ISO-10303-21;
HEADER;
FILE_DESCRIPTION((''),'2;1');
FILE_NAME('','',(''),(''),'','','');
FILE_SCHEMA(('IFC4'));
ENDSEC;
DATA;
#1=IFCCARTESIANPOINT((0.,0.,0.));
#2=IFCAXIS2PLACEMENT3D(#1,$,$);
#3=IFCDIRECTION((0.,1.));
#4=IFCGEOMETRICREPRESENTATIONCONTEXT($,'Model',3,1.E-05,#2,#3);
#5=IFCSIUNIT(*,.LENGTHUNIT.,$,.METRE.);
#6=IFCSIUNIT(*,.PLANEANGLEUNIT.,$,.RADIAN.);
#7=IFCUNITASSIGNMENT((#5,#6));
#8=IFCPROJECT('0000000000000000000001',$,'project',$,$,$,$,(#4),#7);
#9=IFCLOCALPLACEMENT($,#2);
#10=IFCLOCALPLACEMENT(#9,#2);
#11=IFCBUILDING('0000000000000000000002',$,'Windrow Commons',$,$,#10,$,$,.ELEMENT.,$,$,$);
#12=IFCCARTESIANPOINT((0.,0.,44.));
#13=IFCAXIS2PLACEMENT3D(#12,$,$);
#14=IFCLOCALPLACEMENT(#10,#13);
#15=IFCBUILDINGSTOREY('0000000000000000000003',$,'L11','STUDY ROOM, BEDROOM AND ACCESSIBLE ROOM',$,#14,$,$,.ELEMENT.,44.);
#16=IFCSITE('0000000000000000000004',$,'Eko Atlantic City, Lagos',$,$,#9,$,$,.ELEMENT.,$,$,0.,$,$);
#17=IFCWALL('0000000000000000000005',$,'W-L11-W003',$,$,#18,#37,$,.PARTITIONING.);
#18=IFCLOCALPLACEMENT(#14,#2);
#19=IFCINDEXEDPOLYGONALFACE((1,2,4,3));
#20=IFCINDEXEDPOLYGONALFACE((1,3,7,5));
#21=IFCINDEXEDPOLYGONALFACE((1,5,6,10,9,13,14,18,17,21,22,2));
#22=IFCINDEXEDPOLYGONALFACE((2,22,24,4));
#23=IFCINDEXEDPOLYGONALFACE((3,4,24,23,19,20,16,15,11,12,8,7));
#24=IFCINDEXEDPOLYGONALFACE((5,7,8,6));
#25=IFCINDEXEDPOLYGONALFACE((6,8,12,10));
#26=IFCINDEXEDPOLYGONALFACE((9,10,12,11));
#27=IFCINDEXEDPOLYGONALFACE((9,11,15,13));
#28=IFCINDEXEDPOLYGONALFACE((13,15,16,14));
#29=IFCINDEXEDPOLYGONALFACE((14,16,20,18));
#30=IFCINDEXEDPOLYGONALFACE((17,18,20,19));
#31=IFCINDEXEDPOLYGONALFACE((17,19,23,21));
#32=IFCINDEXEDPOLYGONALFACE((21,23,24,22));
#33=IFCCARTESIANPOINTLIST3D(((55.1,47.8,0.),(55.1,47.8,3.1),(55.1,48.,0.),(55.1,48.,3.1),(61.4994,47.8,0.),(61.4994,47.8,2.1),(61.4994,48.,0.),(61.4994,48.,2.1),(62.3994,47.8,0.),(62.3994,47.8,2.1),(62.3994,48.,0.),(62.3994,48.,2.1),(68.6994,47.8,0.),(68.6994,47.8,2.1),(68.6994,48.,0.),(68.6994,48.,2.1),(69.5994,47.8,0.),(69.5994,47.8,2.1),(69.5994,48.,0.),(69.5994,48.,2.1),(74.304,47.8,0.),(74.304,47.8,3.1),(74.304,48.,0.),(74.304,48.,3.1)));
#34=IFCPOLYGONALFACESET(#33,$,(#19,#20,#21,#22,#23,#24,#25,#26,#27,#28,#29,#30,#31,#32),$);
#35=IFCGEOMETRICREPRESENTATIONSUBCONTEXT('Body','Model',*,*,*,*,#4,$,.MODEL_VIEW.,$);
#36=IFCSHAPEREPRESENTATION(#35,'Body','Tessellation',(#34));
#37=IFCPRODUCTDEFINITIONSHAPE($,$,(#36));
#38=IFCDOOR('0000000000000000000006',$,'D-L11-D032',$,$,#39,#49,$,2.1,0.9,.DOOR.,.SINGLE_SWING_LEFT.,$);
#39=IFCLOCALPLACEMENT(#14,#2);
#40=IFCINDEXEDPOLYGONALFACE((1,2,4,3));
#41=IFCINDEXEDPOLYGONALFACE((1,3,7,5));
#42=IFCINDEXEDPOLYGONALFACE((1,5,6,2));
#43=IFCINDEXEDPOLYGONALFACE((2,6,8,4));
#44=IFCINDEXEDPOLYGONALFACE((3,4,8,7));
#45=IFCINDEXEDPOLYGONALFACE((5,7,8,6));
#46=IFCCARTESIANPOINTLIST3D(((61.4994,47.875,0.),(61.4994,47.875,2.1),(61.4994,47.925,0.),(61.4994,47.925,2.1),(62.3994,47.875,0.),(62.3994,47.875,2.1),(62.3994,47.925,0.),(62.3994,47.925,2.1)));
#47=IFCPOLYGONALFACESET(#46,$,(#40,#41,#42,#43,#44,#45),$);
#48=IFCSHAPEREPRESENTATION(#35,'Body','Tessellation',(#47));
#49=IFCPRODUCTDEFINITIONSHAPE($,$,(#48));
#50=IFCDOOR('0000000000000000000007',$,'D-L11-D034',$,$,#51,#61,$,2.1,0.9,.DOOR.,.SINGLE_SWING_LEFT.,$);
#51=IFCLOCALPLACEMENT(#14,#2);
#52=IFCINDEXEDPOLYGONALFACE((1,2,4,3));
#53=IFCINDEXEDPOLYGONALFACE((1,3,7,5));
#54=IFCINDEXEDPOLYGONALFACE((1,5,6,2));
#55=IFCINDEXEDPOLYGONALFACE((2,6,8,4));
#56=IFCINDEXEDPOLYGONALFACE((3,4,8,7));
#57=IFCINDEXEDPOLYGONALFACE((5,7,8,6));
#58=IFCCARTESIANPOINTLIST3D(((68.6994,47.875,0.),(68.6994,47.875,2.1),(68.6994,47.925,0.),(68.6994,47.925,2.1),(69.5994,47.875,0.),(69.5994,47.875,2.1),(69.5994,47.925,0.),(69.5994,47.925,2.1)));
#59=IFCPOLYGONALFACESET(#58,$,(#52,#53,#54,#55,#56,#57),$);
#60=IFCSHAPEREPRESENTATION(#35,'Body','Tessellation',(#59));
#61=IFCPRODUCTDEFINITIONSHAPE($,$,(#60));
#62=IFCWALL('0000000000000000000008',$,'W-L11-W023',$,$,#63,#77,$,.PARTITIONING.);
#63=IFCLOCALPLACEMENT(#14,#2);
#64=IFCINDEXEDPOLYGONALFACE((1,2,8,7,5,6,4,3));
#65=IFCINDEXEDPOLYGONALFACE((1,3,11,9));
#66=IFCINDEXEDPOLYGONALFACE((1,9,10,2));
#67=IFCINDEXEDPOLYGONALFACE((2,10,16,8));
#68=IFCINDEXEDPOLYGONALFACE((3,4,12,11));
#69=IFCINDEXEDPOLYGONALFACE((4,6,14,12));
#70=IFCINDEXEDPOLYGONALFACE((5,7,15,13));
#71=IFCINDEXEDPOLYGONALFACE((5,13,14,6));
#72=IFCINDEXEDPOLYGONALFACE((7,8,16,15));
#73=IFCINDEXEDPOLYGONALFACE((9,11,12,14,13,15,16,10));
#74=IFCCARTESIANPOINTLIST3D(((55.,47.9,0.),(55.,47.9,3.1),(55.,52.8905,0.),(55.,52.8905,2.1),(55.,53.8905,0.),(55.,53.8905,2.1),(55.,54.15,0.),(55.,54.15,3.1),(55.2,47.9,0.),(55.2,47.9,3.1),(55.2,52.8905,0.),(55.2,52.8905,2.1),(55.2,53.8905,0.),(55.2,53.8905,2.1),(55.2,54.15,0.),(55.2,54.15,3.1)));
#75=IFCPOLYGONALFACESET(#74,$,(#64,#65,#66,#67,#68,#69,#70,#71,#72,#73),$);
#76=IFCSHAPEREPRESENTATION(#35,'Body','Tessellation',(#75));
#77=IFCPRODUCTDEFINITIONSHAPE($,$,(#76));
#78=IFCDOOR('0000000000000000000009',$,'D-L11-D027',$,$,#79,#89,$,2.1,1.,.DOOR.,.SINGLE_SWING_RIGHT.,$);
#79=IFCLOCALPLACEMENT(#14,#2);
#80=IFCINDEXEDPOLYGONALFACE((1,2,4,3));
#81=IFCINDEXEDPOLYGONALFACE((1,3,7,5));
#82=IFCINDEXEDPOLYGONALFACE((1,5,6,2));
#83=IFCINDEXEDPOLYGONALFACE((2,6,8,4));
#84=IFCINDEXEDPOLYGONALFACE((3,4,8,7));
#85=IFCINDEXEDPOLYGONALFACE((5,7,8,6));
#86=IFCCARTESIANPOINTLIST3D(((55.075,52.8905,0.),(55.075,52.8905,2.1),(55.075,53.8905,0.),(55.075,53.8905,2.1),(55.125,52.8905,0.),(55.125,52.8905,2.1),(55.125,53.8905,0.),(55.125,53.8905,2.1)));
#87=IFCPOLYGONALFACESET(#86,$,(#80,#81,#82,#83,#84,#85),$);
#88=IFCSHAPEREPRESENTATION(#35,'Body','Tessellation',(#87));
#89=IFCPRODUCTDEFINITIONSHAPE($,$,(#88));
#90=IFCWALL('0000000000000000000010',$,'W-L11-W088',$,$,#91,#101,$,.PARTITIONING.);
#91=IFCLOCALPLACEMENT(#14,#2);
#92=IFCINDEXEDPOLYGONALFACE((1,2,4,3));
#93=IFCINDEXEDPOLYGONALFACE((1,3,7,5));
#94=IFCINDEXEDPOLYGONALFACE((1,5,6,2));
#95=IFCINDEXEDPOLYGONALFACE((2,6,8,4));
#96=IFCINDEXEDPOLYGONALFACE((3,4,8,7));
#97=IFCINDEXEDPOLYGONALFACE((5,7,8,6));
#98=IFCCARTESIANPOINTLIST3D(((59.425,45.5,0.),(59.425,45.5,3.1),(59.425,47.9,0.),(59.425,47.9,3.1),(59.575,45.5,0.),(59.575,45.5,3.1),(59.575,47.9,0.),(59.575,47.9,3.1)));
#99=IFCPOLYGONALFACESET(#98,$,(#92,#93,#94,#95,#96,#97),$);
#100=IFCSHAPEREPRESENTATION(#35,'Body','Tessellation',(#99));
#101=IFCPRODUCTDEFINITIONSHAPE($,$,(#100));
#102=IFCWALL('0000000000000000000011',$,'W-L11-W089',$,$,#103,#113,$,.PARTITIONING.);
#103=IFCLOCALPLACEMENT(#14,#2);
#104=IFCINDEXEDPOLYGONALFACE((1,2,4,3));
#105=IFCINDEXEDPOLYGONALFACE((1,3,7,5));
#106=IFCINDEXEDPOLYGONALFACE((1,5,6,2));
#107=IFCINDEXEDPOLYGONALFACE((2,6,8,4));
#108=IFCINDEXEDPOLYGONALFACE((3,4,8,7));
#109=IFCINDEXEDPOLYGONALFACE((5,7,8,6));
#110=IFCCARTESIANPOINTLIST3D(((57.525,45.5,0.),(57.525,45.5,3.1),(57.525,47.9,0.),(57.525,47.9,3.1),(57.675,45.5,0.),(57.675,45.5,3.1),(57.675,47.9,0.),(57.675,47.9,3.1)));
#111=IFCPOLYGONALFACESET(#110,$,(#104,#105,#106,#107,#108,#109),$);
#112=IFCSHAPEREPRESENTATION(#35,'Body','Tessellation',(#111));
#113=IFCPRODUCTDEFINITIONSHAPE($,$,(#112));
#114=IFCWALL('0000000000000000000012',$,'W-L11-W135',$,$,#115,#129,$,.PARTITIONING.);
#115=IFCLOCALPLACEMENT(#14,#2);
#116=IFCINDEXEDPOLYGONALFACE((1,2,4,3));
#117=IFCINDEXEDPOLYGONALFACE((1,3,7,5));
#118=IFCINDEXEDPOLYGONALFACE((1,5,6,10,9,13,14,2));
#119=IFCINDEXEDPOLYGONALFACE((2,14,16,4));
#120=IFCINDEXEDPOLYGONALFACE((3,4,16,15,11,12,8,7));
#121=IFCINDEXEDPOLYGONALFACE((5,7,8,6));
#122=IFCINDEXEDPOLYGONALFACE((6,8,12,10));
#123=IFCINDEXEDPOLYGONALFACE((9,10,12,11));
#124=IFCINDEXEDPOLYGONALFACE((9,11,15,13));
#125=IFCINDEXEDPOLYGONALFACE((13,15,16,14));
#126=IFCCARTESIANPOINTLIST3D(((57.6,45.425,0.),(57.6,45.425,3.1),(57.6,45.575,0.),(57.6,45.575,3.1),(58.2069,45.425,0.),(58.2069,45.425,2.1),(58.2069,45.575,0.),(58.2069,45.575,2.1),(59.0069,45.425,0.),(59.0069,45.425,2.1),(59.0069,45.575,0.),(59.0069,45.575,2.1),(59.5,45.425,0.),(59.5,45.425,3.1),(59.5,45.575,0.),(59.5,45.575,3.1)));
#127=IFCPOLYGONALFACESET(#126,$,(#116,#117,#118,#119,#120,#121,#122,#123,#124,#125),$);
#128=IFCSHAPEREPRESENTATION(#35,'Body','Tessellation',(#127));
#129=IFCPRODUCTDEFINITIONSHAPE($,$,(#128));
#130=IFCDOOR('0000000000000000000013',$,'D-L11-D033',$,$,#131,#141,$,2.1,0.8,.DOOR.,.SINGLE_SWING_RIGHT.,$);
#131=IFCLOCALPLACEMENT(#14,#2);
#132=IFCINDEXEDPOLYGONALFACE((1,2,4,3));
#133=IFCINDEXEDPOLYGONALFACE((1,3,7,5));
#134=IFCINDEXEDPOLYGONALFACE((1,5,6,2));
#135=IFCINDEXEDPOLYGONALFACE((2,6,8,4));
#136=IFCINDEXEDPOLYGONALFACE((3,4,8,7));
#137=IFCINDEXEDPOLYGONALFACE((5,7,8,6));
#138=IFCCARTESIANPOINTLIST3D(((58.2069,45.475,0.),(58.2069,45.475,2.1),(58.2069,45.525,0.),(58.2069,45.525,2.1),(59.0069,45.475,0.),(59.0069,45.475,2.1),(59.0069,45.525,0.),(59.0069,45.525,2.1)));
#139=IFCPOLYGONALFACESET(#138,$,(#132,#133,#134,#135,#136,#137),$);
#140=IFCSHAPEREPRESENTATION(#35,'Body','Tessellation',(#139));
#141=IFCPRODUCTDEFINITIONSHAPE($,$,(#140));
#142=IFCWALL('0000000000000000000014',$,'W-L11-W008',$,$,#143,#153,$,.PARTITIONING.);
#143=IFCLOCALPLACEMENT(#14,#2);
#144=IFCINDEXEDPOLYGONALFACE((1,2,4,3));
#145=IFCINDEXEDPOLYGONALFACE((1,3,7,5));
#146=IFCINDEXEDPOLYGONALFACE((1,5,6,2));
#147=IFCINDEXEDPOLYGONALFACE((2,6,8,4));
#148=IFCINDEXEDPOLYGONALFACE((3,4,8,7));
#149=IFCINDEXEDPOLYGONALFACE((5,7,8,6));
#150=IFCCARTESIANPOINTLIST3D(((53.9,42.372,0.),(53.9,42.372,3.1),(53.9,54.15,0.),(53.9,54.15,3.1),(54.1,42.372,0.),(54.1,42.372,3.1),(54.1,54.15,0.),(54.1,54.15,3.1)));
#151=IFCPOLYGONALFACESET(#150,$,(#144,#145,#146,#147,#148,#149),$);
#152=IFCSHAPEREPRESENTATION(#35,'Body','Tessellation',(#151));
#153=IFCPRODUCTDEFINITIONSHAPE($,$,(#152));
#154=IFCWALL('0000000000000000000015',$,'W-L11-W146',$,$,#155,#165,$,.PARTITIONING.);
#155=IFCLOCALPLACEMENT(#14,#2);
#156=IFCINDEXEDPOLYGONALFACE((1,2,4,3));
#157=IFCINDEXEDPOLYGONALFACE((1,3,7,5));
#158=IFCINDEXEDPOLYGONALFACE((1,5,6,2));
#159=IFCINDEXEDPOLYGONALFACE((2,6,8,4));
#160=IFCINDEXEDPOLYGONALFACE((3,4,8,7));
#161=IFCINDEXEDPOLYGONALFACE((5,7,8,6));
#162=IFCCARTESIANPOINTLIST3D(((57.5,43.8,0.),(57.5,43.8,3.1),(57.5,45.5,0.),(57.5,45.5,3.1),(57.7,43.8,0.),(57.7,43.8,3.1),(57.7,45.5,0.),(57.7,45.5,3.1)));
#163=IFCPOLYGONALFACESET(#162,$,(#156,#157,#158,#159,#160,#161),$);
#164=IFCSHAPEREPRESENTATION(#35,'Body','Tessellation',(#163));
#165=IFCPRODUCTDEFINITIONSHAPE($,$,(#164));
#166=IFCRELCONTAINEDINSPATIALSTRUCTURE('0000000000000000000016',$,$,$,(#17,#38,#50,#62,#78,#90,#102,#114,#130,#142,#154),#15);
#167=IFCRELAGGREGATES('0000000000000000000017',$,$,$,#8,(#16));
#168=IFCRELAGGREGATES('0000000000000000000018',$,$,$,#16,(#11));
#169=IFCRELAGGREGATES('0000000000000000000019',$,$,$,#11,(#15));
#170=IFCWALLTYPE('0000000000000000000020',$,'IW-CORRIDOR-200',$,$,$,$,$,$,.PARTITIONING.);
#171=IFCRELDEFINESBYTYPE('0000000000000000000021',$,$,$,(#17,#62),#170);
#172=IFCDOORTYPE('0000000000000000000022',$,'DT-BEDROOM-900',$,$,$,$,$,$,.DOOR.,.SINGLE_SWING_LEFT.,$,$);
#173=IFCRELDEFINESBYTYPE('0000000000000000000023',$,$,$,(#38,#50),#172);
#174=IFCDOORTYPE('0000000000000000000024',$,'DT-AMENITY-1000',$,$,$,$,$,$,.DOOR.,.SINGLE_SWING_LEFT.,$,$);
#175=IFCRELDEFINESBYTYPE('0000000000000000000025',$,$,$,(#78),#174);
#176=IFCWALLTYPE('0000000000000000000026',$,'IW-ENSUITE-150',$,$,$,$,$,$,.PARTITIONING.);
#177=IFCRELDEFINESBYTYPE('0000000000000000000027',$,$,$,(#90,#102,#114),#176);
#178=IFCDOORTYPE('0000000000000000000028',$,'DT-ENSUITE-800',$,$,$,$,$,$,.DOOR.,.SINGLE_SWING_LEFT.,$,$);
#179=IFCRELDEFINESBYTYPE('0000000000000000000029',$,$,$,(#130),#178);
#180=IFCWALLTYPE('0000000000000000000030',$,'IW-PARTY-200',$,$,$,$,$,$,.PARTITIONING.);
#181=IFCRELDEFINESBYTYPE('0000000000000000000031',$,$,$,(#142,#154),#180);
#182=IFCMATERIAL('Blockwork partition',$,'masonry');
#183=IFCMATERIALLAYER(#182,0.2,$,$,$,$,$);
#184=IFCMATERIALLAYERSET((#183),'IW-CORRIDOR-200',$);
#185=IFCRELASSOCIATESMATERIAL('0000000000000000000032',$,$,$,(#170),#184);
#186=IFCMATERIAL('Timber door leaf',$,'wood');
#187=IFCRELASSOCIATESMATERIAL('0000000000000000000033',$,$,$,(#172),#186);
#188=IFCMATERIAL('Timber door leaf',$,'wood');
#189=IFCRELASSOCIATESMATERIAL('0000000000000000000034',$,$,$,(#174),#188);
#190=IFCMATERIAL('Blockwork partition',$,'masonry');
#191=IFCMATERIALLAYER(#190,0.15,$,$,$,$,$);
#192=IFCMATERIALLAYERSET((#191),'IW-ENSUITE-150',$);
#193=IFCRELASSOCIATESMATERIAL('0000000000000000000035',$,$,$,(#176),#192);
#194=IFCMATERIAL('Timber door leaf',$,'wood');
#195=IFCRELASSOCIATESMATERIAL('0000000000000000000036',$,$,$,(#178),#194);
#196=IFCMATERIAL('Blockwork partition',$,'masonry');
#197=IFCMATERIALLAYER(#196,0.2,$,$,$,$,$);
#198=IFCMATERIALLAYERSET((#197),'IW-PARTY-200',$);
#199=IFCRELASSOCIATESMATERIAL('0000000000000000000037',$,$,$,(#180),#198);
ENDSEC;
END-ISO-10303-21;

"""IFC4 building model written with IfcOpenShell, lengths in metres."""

from ifc_helpers import new_model, si_unit, direction, frame, frame_2d, origin, place, context, subcontext, project, spatial, rectangle, extrude, material, layer, layer_set, type_object, element, fill, save


model = new_model("IFC4")

# Units and contexts
model_context = context("Model", 3, precision=1e-05, world=origin(), true_north=direction((0.0, 1.0)))
body_context = subcontext(model_context, "Body", "Model", "MODEL_VIEW")
ifc_project = project(units=[si_unit("LENGTHUNIT", "METRE"), si_unit("PLANEANGLEUNIT", "RADIAN")], contexts=[model_context])

# Site, building, storey
site_placement = place(None, origin())
site = spatial("IfcSite", under=ifc_project, at=site_placement, Name="Eko Atlantic City, Lagos", CompositionType="ELEMENT", RefElevation=0.0)
building_placement = place(site_placement, origin())
building = spatial("IfcBuilding", under=site, at=building_placement, Name="Windrow Commons", CompositionType="ELEMENT")
storey_placement = place(building_placement, frame((0.0, 0.0, 44.0)))
storey = spatial("IfcBuildingStorey", under=building, at=storey_placement, Name="L11", Description="STUDY ROOM, BEDROOM AND ACCESSIBLE ROOM", CompositionType="ELEMENT", Elevation=44.0)

# Wall, openings, doors
ifc_material_1 = material(Name="Blockwork partition", Category="masonry")
ifc_layer_1 = layer(ifc_material_1, 0.2)
ifc_layer_set_1 = layer_set([ifc_layer_1], Name="IW-CORRIDOR-200")
wall_type_1 = type_object("IfcWallType", Name="IW-CORRIDOR-200", PredefinedType="PARTITIONING", material=ifc_layer_set_1)
wall_1_placement = place(storey_placement, frame((55.1, 47.9, 0.0), z_axis=(0.0, 0.0, 1.0), x_axis=(1.0, 0.0, 0.0)))
wall_1 = element("IfcWall", 1, at=wall_1_placement, inside=storey, type_object=wall_type_1, Name="W-L11-W003", PredefinedType="PARTITIONING", context=body_context, shape_type="SweptSolid", body=[
    extrude(rectangle(XDim=19.204, YDim=0.2, at=frame_2d((9.602, 0.0))), origin(), (0.0, 0.0, 1.0), 3.1),
])
opening_1_placement = place(wall_1_placement, frame((6.3994, 0.0, 0.0)))
opening_1 = element("IfcOpeningElement", 2, at=opening_1_placement, cuts=wall_1, PredefinedType="OPENING", context=body_context, shape_type="SweptSolid", body=[
    extrude(rectangle(XDim=0.9, YDim=2.1, at=frame_2d((0.45, 1.05))), frame((0.0, 0.11, 0.0), z_axis=(0.0, -1.0, 0.0), x_axis=(1.0, 0.0, 0.0)), (0.0, 0.0, 1.0), 0.22),
])
opening_2_placement = place(wall_1_placement, frame((13.5994, 0.0, 0.0)))
opening_2 = element("IfcOpeningElement", 3, at=opening_2_placement, cuts=wall_1, PredefinedType="OPENING", context=body_context, shape_type="SweptSolid", body=[
    extrude(rectangle(XDim=0.9, YDim=2.1, at=frame_2d((0.45, 1.05))), frame((0.0, 0.11, 0.0), z_axis=(0.0, -1.0, 0.0), x_axis=(1.0, 0.0, 0.0)), (0.0, 0.0, 1.0), 0.22),
])
ifc_material_2 = material(Name="Timber door leaf", Category="wood")
door_type_1 = type_object("IfcDoorType", Name="DT-BEDROOM-900", OperationType="SINGLE_SWING_LEFT", PredefinedType="DOOR", material=ifc_material_2)
door_1_placement = place(opening_1_placement, origin())
door_1 = element("IfcDoor", 4, at=door_1_placement, inside=storey, type_object=door_type_1, Name="D-L11-D032", OperationType="SINGLE_SWING_LEFT", OverallHeight=2.1, OverallWidth=0.9, PredefinedType="DOOR", context=body_context, shape_type="SweptSolid", body=[
    extrude(rectangle(XDim=0.9, YDim=2.1, at=frame_2d((0.45, 1.05))), frame((0.0, 0.025, 0.0), z_axis=(0.0, -1.0, 0.0), x_axis=(1.0, 0.0, 0.0)), (0.0, 0.0, 1.0), 0.05),
])
fill(opening_1, door_1)
door_2_placement = place(opening_2_placement, origin())
door_2 = element("IfcDoor", 5, at=door_2_placement, inside=storey, type_object=door_type_1, Name="D-L11-D034", OperationType="SINGLE_SWING_LEFT", OverallHeight=2.1, OverallWidth=0.9, PredefinedType="DOOR", context=body_context, shape_type="SweptSolid", body=[
    extrude(rectangle(XDim=0.9, YDim=2.1, at=frame_2d((0.45, 1.05))), frame((0.0, 0.025, 0.0), z_axis=(0.0, -1.0, 0.0), x_axis=(1.0, 0.0, 0.0)), (0.0, 0.0, 1.0), 0.05),
])
fill(opening_2, door_2)

# Wall, opening, door
wall_2_placement = place(storey_placement, frame((55.1, 47.9, 0.0), z_axis=(0.0, 0.0, 1.0), x_axis=(0.0, 1.0, 0.0)))
wall_2 = element("IfcWall", 6, at=wall_2_placement, inside=storey, type_object=wall_type_1, Name="W-L11-W023", PredefinedType="PARTITIONING", context=body_context, shape_type="SweptSolid", body=[
    extrude(rectangle(XDim=6.25, YDim=0.2, at=frame_2d((3.125, 0.0))), origin(), (0.0, 0.0, 1.0), 3.1),
])
opening_3_placement = place(wall_2_placement, frame((4.9905, 0.0, 0.0)))
opening_3 = element("IfcOpeningElement", 7, at=opening_3_placement, cuts=wall_2, PredefinedType="OPENING", context=body_context, shape_type="SweptSolid", body=[
    extrude(rectangle(XDim=1.0, YDim=2.1, at=frame_2d((0.5, 1.05))), frame((0.0, 0.11, 0.0), z_axis=(0.0, -1.0, 0.0), x_axis=(1.0, 0.0, 0.0)), (0.0, 0.0, 1.0), 0.22),
])
ifc_material_3 = material(Name="Timber door leaf", Category="wood")
door_type_2 = type_object("IfcDoorType", Name="DT-AMENITY-1000", OperationType="SINGLE_SWING_LEFT", PredefinedType="DOOR", material=ifc_material_3)
door_3_placement = place(opening_3_placement, origin())
door_3 = element("IfcDoor", 8, at=door_3_placement, inside=storey, type_object=door_type_2, Name="D-L11-D027", OperationType="SINGLE_SWING_RIGHT", OverallHeight=2.1, OverallWidth=1.0, PredefinedType="DOOR", context=body_context, shape_type="SweptSolid", body=[
    extrude(rectangle(XDim=1.0, YDim=2.1, at=frame_2d((0.5, 1.05))), frame((0.0, 0.025, 0.0), z_axis=(0.0, -1.0, 0.0), x_axis=(1.0, 0.0, 0.0)), (0.0, 0.0, 1.0), 0.05),
])
fill(opening_3, door_3)

# Walls
ifc_material_4 = material(Name="Blockwork partition", Category="masonry")
ifc_layer_2 = layer(ifc_material_4, 0.15)
ifc_layer_set_2 = layer_set([ifc_layer_2], Name="IW-ENSUITE-150")
wall_type_2 = type_object("IfcWallType", Name="IW-ENSUITE-150", PredefinedType="PARTITIONING", material=ifc_layer_set_2)
for number, where, z_axis, x_axis, name in (
    (9, (59.5, 45.5, 0.0), (0.0, 0.0, 1.0), (0.0, 1.0, 0.0), "W-L11-W088"),
    (10, (57.6, 45.5, 0.0), (0.0, 0.0, 1.0), (0.0, 1.0, 0.0), "W-L11-W089"),
):
    element("IfcWall", number, at=place(storey_placement, frame(where, z_axis=z_axis, x_axis=x_axis)), inside=storey, type_object=wall_type_2, Name=name, PredefinedType="PARTITIONING", context=body_context, shape_type="SweptSolid", body=[
        extrude(rectangle(XDim=2.4, YDim=0.15, at=frame_2d((1.2, 0.0))), origin(), (0.0, 0.0, 1.0), 3.1),
    ])

# Wall, opening, door
wall_3_placement = place(storey_placement, frame((57.6, 45.5, 0.0), z_axis=(0.0, 0.0, 1.0), x_axis=(1.0, 0.0, 0.0)))
wall_3 = element("IfcWall", 11, at=wall_3_placement, inside=storey, type_object=wall_type_2, Name="W-L11-W135", PredefinedType="PARTITIONING", context=body_context, shape_type="SweptSolid", body=[
    extrude(rectangle(XDim=1.9, YDim=0.15, at=frame_2d((0.95, 0.0))), origin(), (0.0, 0.0, 1.0), 3.1),
])
opening_4_placement = place(wall_3_placement, frame((0.6069, 0.0, 0.0)))
opening_4 = element("IfcOpeningElement", 12, at=opening_4_placement, cuts=wall_3, PredefinedType="OPENING", context=body_context, shape_type="SweptSolid", body=[
    extrude(rectangle(XDim=0.8, YDim=2.1, at=frame_2d((0.4, 1.05))), frame((0.0, 0.085, 0.0), z_axis=(0.0, -1.0, 0.0), x_axis=(1.0, 0.0, 0.0)), (0.0, 0.0, 1.0), 0.17),
])
ifc_material_5 = material(Name="Timber door leaf", Category="wood")
door_type_3 = type_object("IfcDoorType", Name="DT-ENSUITE-800", OperationType="SINGLE_SWING_LEFT", PredefinedType="DOOR", material=ifc_material_5)
door_4_placement = place(opening_4_placement, origin())
door_4 = element("IfcDoor", 13, at=door_4_placement, inside=storey, type_object=door_type_3, Name="D-L11-D033", OperationType="SINGLE_SWING_RIGHT", OverallHeight=2.1, OverallWidth=0.8, PredefinedType="DOOR", context=body_context, shape_type="SweptSolid", body=[
    extrude(rectangle(XDim=0.8, YDim=2.1, at=frame_2d((0.4, 1.05))), frame((0.0, 0.025, 0.0), z_axis=(0.0, -1.0, 0.0), x_axis=(1.0, 0.0, 0.0)), (0.0, 0.0, 1.0), 0.05),
])
fill(opening_4, door_4)

# Walls
ifc_material_6 = material(Name="Blockwork partition", Category="masonry")
ifc_layer_3 = layer(ifc_material_6, 0.2)
ifc_layer_set_3 = layer_set([ifc_layer_3], Name="IW-PARTY-200")
wall_type_3 = type_object("IfcWallType", Name="IW-PARTY-200", PredefinedType="PARTITIONING", material=ifc_layer_set_3)
wall_4_placement = place(storey_placement, frame((54.0, 42.3719, 0.0), z_axis=(0.0, 0.0, 1.0), x_axis=(0.0, 1.0, 0.0)))
element("IfcWall", 14, at=wall_4_placement, inside=storey, type_object=wall_type_3, Name="W-L11-W008", PredefinedType="PARTITIONING", context=body_context, shape_type="SweptSolid", body=[
    extrude(rectangle(XDim=11.7781, YDim=0.2, at=frame_2d((5.8891, 0.0))), origin(), (0.0, 0.0, 1.0), 3.1),
])
wall_5_placement = place(storey_placement, frame((57.6, 43.8, 0.0), z_axis=(0.0, 0.0, 1.0), x_axis=(0.0, 1.0, 0.0)))
element("IfcWall", 15, at=wall_5_placement, inside=storey, type_object=wall_type_3, Name="W-L11-W146", PredefinedType="PARTITIONING", context=body_context, shape_type="SweptSolid", body=[
    extrude(rectangle(XDim=1.7, YDim=0.2, at=frame_2d((0.85, 0.0))), origin(), (0.0, 0.0, 1.0), 3.1),
])

save(model, "model.ifc")
